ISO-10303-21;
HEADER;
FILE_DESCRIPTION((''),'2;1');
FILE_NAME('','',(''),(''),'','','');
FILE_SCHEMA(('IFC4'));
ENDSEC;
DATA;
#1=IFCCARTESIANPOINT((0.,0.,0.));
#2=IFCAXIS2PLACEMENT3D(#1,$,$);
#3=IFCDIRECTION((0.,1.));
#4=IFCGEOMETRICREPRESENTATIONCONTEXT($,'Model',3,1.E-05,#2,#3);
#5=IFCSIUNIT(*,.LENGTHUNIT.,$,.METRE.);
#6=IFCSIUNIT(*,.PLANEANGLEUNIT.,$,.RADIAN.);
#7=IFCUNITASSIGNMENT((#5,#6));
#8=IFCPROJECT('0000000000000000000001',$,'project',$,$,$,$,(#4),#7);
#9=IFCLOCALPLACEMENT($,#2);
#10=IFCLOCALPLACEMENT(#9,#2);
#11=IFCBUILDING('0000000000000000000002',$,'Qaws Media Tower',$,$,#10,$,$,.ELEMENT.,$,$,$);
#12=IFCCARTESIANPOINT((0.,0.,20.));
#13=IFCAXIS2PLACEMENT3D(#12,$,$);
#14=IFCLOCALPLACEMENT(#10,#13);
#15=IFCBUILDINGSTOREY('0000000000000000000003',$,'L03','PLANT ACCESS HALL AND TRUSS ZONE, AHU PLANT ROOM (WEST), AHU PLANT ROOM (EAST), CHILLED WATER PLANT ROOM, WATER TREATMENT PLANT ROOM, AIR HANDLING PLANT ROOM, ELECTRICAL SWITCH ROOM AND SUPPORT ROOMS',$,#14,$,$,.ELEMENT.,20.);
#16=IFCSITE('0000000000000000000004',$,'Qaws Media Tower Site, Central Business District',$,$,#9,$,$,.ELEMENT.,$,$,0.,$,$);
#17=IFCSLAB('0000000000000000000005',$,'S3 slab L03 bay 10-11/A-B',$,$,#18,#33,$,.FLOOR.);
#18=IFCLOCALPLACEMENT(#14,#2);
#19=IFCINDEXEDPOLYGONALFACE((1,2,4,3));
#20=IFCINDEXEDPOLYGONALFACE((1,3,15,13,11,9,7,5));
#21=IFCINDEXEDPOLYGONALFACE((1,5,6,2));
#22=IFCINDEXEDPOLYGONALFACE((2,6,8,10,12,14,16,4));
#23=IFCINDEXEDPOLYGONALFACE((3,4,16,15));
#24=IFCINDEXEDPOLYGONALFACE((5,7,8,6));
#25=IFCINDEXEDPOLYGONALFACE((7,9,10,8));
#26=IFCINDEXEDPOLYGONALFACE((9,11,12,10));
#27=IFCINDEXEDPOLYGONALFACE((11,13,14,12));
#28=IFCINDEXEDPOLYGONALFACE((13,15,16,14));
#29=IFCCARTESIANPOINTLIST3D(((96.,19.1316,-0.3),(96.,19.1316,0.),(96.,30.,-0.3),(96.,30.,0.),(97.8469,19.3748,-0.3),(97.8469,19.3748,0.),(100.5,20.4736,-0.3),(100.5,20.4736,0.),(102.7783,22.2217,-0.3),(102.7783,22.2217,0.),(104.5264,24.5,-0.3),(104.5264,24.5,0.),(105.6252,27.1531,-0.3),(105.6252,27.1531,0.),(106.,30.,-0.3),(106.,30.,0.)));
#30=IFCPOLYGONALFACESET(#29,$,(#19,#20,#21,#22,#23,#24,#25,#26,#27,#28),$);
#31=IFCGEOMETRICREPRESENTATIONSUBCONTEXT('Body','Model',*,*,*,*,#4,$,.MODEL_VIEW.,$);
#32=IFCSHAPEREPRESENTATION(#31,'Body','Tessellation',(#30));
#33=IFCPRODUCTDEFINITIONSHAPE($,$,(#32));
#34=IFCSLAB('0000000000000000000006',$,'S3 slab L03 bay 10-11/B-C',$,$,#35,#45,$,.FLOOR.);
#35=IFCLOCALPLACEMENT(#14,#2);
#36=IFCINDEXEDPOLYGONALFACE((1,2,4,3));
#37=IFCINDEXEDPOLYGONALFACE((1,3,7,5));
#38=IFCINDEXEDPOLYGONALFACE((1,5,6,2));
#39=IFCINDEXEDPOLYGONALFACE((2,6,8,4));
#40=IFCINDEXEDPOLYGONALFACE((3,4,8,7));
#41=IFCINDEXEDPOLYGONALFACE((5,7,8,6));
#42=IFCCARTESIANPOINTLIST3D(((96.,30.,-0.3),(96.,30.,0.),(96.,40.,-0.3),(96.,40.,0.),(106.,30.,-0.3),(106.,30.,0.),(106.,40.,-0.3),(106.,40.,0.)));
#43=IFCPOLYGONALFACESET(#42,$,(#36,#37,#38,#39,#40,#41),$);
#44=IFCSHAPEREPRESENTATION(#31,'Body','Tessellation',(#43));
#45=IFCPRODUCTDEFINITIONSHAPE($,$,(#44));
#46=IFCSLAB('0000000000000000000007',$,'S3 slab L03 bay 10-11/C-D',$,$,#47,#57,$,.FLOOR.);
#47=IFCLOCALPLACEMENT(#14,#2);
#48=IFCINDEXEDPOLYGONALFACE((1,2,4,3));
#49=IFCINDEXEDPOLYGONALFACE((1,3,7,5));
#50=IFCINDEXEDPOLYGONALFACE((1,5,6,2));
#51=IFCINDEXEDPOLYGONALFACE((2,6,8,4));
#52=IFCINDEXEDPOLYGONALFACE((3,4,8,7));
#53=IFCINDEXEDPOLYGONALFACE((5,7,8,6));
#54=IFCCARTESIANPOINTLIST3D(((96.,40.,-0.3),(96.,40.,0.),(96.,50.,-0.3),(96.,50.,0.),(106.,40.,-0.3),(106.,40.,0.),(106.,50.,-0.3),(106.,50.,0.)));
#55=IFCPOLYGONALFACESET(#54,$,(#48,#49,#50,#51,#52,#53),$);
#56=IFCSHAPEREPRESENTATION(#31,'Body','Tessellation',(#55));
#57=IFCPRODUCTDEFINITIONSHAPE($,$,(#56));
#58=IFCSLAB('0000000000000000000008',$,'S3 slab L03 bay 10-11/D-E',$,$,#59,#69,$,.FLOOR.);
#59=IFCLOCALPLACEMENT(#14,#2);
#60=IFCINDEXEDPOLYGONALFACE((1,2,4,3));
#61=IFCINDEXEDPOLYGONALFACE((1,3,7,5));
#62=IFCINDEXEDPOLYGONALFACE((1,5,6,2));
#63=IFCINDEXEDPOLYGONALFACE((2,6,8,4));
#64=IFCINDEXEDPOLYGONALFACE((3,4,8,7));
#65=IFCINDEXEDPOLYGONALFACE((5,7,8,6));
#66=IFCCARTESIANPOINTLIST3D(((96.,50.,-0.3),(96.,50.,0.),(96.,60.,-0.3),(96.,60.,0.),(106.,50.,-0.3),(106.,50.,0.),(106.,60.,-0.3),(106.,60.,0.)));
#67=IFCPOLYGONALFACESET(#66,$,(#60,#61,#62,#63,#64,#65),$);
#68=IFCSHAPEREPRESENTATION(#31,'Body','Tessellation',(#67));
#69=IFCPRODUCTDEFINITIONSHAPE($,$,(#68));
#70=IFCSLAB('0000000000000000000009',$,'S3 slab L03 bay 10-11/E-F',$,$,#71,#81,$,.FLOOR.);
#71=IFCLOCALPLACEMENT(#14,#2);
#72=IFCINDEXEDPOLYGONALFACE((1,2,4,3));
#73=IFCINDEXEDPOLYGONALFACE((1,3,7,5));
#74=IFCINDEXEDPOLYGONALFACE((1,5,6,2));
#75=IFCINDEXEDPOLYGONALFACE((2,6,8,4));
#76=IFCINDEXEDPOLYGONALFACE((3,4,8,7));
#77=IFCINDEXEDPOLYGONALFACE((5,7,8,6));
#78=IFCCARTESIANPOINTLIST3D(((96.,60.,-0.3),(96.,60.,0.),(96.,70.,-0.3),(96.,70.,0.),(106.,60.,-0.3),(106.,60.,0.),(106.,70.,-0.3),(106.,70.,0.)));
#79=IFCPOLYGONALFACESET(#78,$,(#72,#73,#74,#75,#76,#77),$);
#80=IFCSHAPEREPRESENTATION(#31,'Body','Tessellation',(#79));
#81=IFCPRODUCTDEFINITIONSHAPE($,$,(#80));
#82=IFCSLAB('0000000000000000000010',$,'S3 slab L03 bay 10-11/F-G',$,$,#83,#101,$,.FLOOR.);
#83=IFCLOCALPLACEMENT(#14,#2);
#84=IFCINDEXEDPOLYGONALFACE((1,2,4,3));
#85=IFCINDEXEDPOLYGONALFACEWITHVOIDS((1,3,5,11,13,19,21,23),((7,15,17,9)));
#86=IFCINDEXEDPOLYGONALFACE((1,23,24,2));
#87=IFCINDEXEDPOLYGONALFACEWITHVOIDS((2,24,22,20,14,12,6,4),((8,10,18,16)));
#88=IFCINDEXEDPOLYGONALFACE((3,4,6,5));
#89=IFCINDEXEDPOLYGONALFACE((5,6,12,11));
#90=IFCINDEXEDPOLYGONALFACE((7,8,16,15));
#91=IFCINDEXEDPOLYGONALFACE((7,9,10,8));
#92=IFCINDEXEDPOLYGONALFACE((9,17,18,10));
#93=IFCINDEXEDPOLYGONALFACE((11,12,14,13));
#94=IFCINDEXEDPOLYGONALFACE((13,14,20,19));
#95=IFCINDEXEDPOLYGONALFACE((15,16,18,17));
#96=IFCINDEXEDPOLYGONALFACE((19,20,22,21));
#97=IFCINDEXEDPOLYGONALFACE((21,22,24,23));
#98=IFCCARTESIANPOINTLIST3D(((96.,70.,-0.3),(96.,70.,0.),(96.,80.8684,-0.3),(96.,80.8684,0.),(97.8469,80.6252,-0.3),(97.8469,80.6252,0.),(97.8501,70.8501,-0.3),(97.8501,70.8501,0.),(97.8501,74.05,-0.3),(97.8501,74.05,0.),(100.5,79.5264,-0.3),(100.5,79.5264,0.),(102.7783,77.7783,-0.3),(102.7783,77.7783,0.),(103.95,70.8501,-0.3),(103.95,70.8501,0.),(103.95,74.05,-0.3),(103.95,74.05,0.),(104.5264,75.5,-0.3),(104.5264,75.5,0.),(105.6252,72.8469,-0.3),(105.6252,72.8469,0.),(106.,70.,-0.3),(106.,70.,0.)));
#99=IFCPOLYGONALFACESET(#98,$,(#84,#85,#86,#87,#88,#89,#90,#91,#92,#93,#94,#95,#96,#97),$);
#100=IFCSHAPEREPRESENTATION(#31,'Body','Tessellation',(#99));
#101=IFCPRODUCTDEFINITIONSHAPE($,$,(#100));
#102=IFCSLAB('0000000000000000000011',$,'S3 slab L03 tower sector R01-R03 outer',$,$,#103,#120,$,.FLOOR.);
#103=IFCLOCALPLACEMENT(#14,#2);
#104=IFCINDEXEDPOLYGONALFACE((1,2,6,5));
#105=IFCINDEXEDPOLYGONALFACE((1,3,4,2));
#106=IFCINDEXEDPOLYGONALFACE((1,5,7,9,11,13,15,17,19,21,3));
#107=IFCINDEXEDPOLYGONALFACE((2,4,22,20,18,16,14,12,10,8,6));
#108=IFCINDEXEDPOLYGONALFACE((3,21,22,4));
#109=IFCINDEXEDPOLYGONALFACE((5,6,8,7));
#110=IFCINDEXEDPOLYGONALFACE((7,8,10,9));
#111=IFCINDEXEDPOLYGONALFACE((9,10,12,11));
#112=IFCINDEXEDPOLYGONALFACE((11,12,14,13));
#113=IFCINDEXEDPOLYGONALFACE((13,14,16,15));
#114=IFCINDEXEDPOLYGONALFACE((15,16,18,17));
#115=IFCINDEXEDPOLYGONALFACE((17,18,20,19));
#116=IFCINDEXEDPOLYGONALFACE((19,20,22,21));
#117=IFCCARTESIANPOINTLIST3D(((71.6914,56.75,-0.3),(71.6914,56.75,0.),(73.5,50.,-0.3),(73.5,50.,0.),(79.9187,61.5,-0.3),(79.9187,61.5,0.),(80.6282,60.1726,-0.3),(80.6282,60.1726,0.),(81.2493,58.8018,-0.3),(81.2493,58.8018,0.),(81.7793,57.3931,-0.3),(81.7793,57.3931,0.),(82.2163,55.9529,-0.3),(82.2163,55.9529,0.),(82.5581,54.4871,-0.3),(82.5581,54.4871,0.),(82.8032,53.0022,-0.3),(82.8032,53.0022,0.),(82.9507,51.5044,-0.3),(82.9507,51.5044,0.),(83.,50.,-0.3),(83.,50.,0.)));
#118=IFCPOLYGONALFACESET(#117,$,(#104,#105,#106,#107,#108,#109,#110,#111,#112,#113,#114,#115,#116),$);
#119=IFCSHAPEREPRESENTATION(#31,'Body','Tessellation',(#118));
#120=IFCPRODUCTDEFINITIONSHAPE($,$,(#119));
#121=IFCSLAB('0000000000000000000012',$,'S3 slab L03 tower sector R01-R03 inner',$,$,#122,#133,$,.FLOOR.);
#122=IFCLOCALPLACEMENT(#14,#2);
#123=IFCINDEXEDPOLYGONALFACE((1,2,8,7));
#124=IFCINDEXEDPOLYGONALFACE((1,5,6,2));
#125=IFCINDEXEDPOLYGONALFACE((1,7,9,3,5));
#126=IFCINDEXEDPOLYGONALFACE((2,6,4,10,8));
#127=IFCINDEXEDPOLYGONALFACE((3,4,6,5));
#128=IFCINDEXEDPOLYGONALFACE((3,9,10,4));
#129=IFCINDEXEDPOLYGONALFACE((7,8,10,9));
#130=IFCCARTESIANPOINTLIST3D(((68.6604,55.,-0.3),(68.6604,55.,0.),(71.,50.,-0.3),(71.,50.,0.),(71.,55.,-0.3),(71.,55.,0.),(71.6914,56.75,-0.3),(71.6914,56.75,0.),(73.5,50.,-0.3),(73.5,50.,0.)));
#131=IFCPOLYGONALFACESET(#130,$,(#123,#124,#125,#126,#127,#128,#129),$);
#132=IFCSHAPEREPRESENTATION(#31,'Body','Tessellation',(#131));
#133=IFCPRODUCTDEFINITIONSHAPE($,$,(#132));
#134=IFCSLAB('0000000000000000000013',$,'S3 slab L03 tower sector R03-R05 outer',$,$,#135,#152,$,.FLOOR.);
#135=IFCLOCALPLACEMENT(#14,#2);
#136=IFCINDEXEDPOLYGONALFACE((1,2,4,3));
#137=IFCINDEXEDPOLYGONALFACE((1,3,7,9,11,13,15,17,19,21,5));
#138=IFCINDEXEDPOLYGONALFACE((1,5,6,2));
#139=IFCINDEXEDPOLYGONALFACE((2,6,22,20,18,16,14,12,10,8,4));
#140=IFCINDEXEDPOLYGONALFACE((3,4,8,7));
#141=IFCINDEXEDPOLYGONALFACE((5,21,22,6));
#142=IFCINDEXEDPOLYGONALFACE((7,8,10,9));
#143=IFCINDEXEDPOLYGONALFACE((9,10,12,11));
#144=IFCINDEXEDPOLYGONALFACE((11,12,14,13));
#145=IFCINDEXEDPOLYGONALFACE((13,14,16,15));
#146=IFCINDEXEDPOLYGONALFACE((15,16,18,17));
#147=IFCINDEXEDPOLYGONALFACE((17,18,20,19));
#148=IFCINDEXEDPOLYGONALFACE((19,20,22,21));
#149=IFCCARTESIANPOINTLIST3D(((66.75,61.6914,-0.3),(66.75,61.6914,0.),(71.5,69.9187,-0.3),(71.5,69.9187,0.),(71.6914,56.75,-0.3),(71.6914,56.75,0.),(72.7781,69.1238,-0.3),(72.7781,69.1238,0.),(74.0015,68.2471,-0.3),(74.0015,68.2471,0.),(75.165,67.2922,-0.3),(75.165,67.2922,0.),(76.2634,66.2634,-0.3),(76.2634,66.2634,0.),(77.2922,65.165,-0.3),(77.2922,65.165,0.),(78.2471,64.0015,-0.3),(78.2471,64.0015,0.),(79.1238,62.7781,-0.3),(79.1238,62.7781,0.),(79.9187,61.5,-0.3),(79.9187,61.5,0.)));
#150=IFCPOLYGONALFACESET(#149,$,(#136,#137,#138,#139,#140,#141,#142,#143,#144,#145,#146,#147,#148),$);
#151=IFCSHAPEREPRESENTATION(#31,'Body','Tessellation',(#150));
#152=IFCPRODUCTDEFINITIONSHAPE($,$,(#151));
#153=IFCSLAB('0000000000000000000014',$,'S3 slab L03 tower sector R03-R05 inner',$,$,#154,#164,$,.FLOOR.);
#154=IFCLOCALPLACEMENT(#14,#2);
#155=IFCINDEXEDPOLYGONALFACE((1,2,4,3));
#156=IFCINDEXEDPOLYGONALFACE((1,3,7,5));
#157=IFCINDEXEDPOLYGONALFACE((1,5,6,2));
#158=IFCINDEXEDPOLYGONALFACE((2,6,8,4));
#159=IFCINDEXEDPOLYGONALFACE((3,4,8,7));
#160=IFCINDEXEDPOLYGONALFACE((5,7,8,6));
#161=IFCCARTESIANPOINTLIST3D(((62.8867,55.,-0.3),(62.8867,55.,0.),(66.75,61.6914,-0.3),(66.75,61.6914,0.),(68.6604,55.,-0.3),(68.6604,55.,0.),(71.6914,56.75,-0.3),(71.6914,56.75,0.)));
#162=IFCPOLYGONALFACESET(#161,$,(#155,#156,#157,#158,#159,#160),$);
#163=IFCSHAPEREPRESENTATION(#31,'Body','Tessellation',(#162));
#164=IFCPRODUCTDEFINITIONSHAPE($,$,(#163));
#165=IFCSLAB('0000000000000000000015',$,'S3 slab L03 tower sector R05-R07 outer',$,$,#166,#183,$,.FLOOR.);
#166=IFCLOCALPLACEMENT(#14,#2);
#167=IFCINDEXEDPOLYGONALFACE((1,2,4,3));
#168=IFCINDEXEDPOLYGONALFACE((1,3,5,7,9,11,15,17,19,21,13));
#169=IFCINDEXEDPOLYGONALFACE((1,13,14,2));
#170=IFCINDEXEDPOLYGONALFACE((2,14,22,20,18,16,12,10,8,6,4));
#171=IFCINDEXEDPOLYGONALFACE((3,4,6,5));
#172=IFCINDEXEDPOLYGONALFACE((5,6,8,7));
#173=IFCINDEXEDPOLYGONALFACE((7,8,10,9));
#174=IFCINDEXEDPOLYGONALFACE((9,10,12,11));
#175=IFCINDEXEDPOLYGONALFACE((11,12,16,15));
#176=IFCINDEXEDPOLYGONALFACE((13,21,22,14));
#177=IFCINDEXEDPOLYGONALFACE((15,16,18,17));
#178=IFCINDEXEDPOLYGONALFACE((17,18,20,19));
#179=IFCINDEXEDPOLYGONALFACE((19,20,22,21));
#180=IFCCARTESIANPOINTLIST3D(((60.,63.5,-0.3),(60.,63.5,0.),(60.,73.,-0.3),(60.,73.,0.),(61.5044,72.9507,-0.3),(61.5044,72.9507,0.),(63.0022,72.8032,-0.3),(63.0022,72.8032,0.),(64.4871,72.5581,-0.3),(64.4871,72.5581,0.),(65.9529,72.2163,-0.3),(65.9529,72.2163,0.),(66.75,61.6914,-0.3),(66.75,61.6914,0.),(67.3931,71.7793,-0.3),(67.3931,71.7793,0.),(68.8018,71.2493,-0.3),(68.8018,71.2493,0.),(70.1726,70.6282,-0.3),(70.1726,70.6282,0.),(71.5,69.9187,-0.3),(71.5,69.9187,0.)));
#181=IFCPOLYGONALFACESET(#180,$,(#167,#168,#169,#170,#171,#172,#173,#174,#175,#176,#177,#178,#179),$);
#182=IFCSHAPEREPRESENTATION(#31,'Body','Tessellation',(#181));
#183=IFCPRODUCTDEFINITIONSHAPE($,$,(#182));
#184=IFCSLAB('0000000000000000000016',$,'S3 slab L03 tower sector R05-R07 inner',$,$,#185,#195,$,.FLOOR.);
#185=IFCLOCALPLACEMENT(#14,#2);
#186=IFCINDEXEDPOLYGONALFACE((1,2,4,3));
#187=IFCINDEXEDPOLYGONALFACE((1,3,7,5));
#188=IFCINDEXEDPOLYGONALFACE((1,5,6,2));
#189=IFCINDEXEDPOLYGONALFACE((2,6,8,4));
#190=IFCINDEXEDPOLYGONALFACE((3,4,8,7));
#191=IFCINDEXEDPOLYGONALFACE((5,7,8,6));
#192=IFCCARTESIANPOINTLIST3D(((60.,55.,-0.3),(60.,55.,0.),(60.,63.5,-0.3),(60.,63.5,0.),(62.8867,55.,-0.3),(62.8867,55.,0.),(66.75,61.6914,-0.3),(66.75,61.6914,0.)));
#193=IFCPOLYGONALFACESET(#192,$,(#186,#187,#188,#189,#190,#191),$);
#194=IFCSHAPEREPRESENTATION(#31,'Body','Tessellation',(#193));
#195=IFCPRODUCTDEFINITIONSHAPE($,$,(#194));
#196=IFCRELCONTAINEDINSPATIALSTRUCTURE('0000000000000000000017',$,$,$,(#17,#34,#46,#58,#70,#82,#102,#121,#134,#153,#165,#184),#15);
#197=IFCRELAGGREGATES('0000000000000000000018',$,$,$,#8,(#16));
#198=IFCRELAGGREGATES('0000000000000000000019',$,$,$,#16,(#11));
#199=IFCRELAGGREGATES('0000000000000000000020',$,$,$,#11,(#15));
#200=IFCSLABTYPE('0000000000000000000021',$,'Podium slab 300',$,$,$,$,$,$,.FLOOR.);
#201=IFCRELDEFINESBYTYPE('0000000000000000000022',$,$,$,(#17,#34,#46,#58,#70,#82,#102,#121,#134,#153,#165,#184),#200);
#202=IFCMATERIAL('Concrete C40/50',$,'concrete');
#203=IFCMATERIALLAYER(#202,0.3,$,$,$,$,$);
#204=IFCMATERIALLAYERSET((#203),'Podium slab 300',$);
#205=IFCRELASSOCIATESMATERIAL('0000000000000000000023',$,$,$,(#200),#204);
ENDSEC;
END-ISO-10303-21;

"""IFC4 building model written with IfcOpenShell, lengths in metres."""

from ifc_helpers import new_model, si_unit, direction, frame, origin, place, context, subcontext, project, spatial, polyline, outline, extrude, material, layer, layer_set, type_object, element, save


model = new_model("IFC4")

# Units and contexts
model_context = context("Model", 3, precision=1e-05, world=origin(), true_north=direction((0.0, 1.0)))
body_context = subcontext(model_context, "Body", "Model", "MODEL_VIEW")
ifc_project = project(units=[si_unit("LENGTHUNIT", "METRE"), si_unit("PLANEANGLEUNIT", "RADIAN")], contexts=[model_context])

# Site, building, storey
site_placement = place(None, origin())
site = spatial("IfcSite", under=ifc_project, at=site_placement, Name="Qaws Media Tower Site, Central Business District", CompositionType="ELEMENT", RefElevation=0.0)
building_placement = place(site_placement, origin())
building = spatial("IfcBuilding", under=site, at=building_placement, Name="Qaws Media Tower", CompositionType="ELEMENT")
storey_placement = place(building_placement, frame((0.0, 0.0, 20.0)))
storey = spatial("IfcBuildingStorey", under=building, at=storey_placement, Name="L03", Description="PLANT ACCESS HALL AND TRUSS ZONE, AHU PLANT ROOM (WEST), AHU PLANT ROOM (EAST), CHILLED WATER PLANT ROOM, WATER TREATMENT PLANT ROOM, AIR HANDLING PLANT ROOM, ELECTRICAL SWITCH ROOM AND SUPPORT ROOMS", CompositionType="ELEMENT", Elevation=20.0)

# Slabs
ifc_material = material(Name="Concrete C40/50", Category="concrete")
ifc_layer = layer(ifc_material, 0.3)
ifc_layer_set = layer_set([ifc_layer], Name="Podium slab 300")
slab_type = type_object("IfcSlabType", Name="Podium slab 300", PredefinedType="FLOOR", material=ifc_layer_set)
slab_1_placement = place(storey_placement, frame((0.0, 0.0, -0.3)))
element("IfcSlab", 1, at=slab_1_placement, inside=storey, type_object=slab_type, Name="S3 slab L03 bay 10-11/A-B", PredefinedType="FLOOR", context=body_context, shape_type="SweptSolid", body=[
    extrude(outline(polyline([(105.6252, 27.1531), (104.5264, 24.5), (102.7783, 22.2217), (100.5, 20.4736), (97.8469, 19.3748), (96.0, 19.1316), (96.0, 30.0), (106.0, 30.0), (105.6252, 27.1531)])), origin(), (0.0, 0.0, 1.0), 0.3),
])
slab_2_placement = place(storey_placement, frame((0.0, 0.0, -0.3)))
element("IfcSlab", 2, at=slab_2_placement, inside=storey, type_object=slab_type, Name="S3 slab L03 bay 10-11/B-C", PredefinedType="FLOOR", context=body_context, shape_type="SweptSolid", body=[
    extrude(outline(polyline([(106.0, 30.0), (96.0, 30.0), (96.0, 40.0), (106.0, 40.0), (106.0, 30.0)])), origin(), (0.0, 0.0, 1.0), 0.3),
])
slab_3_placement = place(storey_placement, frame((0.0, 0.0, -0.3)))
element("IfcSlab", 3, at=slab_3_placement, inside=storey, type_object=slab_type, Name="S3 slab L03 bay 10-11/C-D", PredefinedType="FLOOR", context=body_context, shape_type="SweptSolid", body=[
    extrude(outline(polyline([(106.0, 40.0), (96.0, 40.0), (96.0, 50.0), (106.0, 50.0), (106.0, 40.0)])), origin(), (0.0, 0.0, 1.0), 0.3),
])
slab_4_placement = place(storey_placement, frame((0.0, 0.0, -0.3)))
element("IfcSlab", 4, at=slab_4_placement, inside=storey, type_object=slab_type, Name="S3 slab L03 bay 10-11/D-E", PredefinedType="FLOOR", context=body_context, shape_type="SweptSolid", body=[
    extrude(outline(polyline([(106.0, 50.0), (96.0, 50.0), (96.0, 60.0), (106.0, 60.0), (106.0, 50.0)])), origin(), (0.0, 0.0, 1.0), 0.3),
])
slab_5_placement = place(storey_placement, frame((0.0, 0.0, -0.3)))
element("IfcSlab", 5, at=slab_5_placement, inside=storey, type_object=slab_type, Name="S3 slab L03 bay 10-11/E-F", PredefinedType="FLOOR", context=body_context, shape_type="SweptSolid", body=[
    extrude(outline(polyline([(106.0, 60.0), (96.0, 60.0), (96.0, 70.0), (106.0, 70.0), (106.0, 60.0)])), origin(), (0.0, 0.0, 1.0), 0.3),
])
slab_6_placement = place(storey_placement, frame((0.0, 0.0, -0.3)))
element("IfcSlab", 6, at=slab_6_placement, inside=storey, type_object=slab_type, Name="S3 slab L03 bay 10-11/F-G", PredefinedType="FLOOR", context=body_context, shape_type="SweptSolid", body=[
    extrude(outline(polyline([(97.8469, 80.6252), (100.5, 79.5264), (102.7783, 77.7783), (104.5264, 75.5), (105.6252, 72.8469), (106.0, 70.0), (96.0, 70.0), (96.0, 80.8684), (97.8469, 80.6252)]), holes=[polyline([(97.8501, 74.05), (97.8501, 70.8501), (103.95, 70.8501), (103.95, 74.05), (97.8501, 74.05)])]), origin(), (0.0, 0.0, 1.0), 0.3),
])
slab_7_placement = place(storey_placement, frame((0.0, 0.0, -0.3)))
element("IfcSlab", 7, at=slab_7_placement, inside=storey, type_object=slab_type, Name="S3 slab L03 tower sector R01-R03 outer", PredefinedType="FLOOR", context=body_context, shape_type="SweptSolid", body=[
    extrude(outline(polyline([(82.8032, 53.0022), (82.9507, 51.5044), (83.0, 50.0), (73.5, 50.0), (71.6914, 56.75), (79.9187, 61.5), (80.6282, 60.1726), (81.2493, 58.8018), (81.7793, 57.3931), (82.2163, 55.9529), (82.5581, 54.4871), (82.8032, 53.0022)])), origin(), (0.0, 0.0, 1.0), 0.3),
])
slab_8_placement = place(storey_placement, frame((0.0, 0.0, -0.3)))
element("IfcSlab", 8, at=slab_8_placement, inside=storey, type_object=slab_type, Name="S3 slab L03 tower sector R01-R03 inner", PredefinedType="FLOOR", context=body_context, shape_type="SweptSolid", body=[
    extrude(outline(polyline([(71.0, 50.0), (71.0, 55.0), (68.6604, 55.0), (71.6914, 56.75), (73.5, 50.0), (71.0, 50.0)])), origin(), (0.0, 0.0, 1.0), 0.3),
])
slab_9_placement = place(storey_placement, frame((0.0, 0.0, -0.3)))
element("IfcSlab", 9, at=slab_9_placement, inside=storey, type_object=slab_type, Name="S3 slab L03 tower sector R03-R05 outer", PredefinedType="FLOOR", context=body_context, shape_type="SweptSolid", body=[
    extrude(outline(polyline([(78.2471, 64.0015), (79.1238, 62.7781), (79.9187, 61.5), (71.6914, 56.75), (66.75, 61.6914), (71.5, 69.9187), (72.7781, 69.1238), (74.0015, 68.2471), (75.165, 67.2922), (76.2634, 66.2634), (77.2922, 65.165), (78.2471, 64.0015)])), origin(), (0.0, 0.0, 1.0), 0.3),
])
slab_10_placement = place(storey_placement, frame((0.0, 0.0, -0.3)))
element("IfcSlab", 10, at=slab_10_placement, inside=storey, type_object=slab_type, Name="S3 slab L03 tower sector R03-R05 inner", PredefinedType="FLOOR", context=body_context, shape_type="SweptSolid", body=[
    extrude(outline(polyline([(68.6604, 55.0), (62.8867, 55.0), (66.75, 61.6914), (71.6914, 56.75), (68.6604, 55.0)])), origin(), (0.0, 0.0, 1.0), 0.3),
])
slab_11_placement = place(storey_placement, frame((0.0, 0.0, -0.3)))
element("IfcSlab", 11, at=slab_11_placement, inside=storey, type_object=slab_type, Name="S3 slab L03 tower sector R05-R07 outer", PredefinedType="FLOOR", context=body_context, shape_type="SweptSolid", body=[
    extrude(outline(polyline([(68.8018, 71.2493), (70.1726, 70.6282), (71.5, 69.9187), (66.75, 61.6914), (60.0, 63.5), (60.0, 73.0), (61.5044, 72.9507), (63.0022, 72.8032), (64.4871, 72.5581), (65.9529, 72.2163), (67.3931, 71.7793), (68.8018, 71.2493)])), origin(), (0.0, 0.0, 1.0), 0.3),
])
slab_12_placement = place(storey_placement, frame((0.0, 0.0, -0.3)))
element("IfcSlab", 12, at=slab_12_placement, inside=storey, type_object=slab_type, Name="S3 slab L03 tower sector R05-R07 inner", PredefinedType="FLOOR", context=body_context, shape_type="SweptSolid", body=[
    extrude(outline(polyline([(62.8867, 55.0), (60.0, 55.0), (60.0, 63.5), (66.75, 61.6914), (62.8867, 55.0)])), origin(), (0.0, 0.0, 1.0), 0.3),
])

save(model, "model.ifc")
